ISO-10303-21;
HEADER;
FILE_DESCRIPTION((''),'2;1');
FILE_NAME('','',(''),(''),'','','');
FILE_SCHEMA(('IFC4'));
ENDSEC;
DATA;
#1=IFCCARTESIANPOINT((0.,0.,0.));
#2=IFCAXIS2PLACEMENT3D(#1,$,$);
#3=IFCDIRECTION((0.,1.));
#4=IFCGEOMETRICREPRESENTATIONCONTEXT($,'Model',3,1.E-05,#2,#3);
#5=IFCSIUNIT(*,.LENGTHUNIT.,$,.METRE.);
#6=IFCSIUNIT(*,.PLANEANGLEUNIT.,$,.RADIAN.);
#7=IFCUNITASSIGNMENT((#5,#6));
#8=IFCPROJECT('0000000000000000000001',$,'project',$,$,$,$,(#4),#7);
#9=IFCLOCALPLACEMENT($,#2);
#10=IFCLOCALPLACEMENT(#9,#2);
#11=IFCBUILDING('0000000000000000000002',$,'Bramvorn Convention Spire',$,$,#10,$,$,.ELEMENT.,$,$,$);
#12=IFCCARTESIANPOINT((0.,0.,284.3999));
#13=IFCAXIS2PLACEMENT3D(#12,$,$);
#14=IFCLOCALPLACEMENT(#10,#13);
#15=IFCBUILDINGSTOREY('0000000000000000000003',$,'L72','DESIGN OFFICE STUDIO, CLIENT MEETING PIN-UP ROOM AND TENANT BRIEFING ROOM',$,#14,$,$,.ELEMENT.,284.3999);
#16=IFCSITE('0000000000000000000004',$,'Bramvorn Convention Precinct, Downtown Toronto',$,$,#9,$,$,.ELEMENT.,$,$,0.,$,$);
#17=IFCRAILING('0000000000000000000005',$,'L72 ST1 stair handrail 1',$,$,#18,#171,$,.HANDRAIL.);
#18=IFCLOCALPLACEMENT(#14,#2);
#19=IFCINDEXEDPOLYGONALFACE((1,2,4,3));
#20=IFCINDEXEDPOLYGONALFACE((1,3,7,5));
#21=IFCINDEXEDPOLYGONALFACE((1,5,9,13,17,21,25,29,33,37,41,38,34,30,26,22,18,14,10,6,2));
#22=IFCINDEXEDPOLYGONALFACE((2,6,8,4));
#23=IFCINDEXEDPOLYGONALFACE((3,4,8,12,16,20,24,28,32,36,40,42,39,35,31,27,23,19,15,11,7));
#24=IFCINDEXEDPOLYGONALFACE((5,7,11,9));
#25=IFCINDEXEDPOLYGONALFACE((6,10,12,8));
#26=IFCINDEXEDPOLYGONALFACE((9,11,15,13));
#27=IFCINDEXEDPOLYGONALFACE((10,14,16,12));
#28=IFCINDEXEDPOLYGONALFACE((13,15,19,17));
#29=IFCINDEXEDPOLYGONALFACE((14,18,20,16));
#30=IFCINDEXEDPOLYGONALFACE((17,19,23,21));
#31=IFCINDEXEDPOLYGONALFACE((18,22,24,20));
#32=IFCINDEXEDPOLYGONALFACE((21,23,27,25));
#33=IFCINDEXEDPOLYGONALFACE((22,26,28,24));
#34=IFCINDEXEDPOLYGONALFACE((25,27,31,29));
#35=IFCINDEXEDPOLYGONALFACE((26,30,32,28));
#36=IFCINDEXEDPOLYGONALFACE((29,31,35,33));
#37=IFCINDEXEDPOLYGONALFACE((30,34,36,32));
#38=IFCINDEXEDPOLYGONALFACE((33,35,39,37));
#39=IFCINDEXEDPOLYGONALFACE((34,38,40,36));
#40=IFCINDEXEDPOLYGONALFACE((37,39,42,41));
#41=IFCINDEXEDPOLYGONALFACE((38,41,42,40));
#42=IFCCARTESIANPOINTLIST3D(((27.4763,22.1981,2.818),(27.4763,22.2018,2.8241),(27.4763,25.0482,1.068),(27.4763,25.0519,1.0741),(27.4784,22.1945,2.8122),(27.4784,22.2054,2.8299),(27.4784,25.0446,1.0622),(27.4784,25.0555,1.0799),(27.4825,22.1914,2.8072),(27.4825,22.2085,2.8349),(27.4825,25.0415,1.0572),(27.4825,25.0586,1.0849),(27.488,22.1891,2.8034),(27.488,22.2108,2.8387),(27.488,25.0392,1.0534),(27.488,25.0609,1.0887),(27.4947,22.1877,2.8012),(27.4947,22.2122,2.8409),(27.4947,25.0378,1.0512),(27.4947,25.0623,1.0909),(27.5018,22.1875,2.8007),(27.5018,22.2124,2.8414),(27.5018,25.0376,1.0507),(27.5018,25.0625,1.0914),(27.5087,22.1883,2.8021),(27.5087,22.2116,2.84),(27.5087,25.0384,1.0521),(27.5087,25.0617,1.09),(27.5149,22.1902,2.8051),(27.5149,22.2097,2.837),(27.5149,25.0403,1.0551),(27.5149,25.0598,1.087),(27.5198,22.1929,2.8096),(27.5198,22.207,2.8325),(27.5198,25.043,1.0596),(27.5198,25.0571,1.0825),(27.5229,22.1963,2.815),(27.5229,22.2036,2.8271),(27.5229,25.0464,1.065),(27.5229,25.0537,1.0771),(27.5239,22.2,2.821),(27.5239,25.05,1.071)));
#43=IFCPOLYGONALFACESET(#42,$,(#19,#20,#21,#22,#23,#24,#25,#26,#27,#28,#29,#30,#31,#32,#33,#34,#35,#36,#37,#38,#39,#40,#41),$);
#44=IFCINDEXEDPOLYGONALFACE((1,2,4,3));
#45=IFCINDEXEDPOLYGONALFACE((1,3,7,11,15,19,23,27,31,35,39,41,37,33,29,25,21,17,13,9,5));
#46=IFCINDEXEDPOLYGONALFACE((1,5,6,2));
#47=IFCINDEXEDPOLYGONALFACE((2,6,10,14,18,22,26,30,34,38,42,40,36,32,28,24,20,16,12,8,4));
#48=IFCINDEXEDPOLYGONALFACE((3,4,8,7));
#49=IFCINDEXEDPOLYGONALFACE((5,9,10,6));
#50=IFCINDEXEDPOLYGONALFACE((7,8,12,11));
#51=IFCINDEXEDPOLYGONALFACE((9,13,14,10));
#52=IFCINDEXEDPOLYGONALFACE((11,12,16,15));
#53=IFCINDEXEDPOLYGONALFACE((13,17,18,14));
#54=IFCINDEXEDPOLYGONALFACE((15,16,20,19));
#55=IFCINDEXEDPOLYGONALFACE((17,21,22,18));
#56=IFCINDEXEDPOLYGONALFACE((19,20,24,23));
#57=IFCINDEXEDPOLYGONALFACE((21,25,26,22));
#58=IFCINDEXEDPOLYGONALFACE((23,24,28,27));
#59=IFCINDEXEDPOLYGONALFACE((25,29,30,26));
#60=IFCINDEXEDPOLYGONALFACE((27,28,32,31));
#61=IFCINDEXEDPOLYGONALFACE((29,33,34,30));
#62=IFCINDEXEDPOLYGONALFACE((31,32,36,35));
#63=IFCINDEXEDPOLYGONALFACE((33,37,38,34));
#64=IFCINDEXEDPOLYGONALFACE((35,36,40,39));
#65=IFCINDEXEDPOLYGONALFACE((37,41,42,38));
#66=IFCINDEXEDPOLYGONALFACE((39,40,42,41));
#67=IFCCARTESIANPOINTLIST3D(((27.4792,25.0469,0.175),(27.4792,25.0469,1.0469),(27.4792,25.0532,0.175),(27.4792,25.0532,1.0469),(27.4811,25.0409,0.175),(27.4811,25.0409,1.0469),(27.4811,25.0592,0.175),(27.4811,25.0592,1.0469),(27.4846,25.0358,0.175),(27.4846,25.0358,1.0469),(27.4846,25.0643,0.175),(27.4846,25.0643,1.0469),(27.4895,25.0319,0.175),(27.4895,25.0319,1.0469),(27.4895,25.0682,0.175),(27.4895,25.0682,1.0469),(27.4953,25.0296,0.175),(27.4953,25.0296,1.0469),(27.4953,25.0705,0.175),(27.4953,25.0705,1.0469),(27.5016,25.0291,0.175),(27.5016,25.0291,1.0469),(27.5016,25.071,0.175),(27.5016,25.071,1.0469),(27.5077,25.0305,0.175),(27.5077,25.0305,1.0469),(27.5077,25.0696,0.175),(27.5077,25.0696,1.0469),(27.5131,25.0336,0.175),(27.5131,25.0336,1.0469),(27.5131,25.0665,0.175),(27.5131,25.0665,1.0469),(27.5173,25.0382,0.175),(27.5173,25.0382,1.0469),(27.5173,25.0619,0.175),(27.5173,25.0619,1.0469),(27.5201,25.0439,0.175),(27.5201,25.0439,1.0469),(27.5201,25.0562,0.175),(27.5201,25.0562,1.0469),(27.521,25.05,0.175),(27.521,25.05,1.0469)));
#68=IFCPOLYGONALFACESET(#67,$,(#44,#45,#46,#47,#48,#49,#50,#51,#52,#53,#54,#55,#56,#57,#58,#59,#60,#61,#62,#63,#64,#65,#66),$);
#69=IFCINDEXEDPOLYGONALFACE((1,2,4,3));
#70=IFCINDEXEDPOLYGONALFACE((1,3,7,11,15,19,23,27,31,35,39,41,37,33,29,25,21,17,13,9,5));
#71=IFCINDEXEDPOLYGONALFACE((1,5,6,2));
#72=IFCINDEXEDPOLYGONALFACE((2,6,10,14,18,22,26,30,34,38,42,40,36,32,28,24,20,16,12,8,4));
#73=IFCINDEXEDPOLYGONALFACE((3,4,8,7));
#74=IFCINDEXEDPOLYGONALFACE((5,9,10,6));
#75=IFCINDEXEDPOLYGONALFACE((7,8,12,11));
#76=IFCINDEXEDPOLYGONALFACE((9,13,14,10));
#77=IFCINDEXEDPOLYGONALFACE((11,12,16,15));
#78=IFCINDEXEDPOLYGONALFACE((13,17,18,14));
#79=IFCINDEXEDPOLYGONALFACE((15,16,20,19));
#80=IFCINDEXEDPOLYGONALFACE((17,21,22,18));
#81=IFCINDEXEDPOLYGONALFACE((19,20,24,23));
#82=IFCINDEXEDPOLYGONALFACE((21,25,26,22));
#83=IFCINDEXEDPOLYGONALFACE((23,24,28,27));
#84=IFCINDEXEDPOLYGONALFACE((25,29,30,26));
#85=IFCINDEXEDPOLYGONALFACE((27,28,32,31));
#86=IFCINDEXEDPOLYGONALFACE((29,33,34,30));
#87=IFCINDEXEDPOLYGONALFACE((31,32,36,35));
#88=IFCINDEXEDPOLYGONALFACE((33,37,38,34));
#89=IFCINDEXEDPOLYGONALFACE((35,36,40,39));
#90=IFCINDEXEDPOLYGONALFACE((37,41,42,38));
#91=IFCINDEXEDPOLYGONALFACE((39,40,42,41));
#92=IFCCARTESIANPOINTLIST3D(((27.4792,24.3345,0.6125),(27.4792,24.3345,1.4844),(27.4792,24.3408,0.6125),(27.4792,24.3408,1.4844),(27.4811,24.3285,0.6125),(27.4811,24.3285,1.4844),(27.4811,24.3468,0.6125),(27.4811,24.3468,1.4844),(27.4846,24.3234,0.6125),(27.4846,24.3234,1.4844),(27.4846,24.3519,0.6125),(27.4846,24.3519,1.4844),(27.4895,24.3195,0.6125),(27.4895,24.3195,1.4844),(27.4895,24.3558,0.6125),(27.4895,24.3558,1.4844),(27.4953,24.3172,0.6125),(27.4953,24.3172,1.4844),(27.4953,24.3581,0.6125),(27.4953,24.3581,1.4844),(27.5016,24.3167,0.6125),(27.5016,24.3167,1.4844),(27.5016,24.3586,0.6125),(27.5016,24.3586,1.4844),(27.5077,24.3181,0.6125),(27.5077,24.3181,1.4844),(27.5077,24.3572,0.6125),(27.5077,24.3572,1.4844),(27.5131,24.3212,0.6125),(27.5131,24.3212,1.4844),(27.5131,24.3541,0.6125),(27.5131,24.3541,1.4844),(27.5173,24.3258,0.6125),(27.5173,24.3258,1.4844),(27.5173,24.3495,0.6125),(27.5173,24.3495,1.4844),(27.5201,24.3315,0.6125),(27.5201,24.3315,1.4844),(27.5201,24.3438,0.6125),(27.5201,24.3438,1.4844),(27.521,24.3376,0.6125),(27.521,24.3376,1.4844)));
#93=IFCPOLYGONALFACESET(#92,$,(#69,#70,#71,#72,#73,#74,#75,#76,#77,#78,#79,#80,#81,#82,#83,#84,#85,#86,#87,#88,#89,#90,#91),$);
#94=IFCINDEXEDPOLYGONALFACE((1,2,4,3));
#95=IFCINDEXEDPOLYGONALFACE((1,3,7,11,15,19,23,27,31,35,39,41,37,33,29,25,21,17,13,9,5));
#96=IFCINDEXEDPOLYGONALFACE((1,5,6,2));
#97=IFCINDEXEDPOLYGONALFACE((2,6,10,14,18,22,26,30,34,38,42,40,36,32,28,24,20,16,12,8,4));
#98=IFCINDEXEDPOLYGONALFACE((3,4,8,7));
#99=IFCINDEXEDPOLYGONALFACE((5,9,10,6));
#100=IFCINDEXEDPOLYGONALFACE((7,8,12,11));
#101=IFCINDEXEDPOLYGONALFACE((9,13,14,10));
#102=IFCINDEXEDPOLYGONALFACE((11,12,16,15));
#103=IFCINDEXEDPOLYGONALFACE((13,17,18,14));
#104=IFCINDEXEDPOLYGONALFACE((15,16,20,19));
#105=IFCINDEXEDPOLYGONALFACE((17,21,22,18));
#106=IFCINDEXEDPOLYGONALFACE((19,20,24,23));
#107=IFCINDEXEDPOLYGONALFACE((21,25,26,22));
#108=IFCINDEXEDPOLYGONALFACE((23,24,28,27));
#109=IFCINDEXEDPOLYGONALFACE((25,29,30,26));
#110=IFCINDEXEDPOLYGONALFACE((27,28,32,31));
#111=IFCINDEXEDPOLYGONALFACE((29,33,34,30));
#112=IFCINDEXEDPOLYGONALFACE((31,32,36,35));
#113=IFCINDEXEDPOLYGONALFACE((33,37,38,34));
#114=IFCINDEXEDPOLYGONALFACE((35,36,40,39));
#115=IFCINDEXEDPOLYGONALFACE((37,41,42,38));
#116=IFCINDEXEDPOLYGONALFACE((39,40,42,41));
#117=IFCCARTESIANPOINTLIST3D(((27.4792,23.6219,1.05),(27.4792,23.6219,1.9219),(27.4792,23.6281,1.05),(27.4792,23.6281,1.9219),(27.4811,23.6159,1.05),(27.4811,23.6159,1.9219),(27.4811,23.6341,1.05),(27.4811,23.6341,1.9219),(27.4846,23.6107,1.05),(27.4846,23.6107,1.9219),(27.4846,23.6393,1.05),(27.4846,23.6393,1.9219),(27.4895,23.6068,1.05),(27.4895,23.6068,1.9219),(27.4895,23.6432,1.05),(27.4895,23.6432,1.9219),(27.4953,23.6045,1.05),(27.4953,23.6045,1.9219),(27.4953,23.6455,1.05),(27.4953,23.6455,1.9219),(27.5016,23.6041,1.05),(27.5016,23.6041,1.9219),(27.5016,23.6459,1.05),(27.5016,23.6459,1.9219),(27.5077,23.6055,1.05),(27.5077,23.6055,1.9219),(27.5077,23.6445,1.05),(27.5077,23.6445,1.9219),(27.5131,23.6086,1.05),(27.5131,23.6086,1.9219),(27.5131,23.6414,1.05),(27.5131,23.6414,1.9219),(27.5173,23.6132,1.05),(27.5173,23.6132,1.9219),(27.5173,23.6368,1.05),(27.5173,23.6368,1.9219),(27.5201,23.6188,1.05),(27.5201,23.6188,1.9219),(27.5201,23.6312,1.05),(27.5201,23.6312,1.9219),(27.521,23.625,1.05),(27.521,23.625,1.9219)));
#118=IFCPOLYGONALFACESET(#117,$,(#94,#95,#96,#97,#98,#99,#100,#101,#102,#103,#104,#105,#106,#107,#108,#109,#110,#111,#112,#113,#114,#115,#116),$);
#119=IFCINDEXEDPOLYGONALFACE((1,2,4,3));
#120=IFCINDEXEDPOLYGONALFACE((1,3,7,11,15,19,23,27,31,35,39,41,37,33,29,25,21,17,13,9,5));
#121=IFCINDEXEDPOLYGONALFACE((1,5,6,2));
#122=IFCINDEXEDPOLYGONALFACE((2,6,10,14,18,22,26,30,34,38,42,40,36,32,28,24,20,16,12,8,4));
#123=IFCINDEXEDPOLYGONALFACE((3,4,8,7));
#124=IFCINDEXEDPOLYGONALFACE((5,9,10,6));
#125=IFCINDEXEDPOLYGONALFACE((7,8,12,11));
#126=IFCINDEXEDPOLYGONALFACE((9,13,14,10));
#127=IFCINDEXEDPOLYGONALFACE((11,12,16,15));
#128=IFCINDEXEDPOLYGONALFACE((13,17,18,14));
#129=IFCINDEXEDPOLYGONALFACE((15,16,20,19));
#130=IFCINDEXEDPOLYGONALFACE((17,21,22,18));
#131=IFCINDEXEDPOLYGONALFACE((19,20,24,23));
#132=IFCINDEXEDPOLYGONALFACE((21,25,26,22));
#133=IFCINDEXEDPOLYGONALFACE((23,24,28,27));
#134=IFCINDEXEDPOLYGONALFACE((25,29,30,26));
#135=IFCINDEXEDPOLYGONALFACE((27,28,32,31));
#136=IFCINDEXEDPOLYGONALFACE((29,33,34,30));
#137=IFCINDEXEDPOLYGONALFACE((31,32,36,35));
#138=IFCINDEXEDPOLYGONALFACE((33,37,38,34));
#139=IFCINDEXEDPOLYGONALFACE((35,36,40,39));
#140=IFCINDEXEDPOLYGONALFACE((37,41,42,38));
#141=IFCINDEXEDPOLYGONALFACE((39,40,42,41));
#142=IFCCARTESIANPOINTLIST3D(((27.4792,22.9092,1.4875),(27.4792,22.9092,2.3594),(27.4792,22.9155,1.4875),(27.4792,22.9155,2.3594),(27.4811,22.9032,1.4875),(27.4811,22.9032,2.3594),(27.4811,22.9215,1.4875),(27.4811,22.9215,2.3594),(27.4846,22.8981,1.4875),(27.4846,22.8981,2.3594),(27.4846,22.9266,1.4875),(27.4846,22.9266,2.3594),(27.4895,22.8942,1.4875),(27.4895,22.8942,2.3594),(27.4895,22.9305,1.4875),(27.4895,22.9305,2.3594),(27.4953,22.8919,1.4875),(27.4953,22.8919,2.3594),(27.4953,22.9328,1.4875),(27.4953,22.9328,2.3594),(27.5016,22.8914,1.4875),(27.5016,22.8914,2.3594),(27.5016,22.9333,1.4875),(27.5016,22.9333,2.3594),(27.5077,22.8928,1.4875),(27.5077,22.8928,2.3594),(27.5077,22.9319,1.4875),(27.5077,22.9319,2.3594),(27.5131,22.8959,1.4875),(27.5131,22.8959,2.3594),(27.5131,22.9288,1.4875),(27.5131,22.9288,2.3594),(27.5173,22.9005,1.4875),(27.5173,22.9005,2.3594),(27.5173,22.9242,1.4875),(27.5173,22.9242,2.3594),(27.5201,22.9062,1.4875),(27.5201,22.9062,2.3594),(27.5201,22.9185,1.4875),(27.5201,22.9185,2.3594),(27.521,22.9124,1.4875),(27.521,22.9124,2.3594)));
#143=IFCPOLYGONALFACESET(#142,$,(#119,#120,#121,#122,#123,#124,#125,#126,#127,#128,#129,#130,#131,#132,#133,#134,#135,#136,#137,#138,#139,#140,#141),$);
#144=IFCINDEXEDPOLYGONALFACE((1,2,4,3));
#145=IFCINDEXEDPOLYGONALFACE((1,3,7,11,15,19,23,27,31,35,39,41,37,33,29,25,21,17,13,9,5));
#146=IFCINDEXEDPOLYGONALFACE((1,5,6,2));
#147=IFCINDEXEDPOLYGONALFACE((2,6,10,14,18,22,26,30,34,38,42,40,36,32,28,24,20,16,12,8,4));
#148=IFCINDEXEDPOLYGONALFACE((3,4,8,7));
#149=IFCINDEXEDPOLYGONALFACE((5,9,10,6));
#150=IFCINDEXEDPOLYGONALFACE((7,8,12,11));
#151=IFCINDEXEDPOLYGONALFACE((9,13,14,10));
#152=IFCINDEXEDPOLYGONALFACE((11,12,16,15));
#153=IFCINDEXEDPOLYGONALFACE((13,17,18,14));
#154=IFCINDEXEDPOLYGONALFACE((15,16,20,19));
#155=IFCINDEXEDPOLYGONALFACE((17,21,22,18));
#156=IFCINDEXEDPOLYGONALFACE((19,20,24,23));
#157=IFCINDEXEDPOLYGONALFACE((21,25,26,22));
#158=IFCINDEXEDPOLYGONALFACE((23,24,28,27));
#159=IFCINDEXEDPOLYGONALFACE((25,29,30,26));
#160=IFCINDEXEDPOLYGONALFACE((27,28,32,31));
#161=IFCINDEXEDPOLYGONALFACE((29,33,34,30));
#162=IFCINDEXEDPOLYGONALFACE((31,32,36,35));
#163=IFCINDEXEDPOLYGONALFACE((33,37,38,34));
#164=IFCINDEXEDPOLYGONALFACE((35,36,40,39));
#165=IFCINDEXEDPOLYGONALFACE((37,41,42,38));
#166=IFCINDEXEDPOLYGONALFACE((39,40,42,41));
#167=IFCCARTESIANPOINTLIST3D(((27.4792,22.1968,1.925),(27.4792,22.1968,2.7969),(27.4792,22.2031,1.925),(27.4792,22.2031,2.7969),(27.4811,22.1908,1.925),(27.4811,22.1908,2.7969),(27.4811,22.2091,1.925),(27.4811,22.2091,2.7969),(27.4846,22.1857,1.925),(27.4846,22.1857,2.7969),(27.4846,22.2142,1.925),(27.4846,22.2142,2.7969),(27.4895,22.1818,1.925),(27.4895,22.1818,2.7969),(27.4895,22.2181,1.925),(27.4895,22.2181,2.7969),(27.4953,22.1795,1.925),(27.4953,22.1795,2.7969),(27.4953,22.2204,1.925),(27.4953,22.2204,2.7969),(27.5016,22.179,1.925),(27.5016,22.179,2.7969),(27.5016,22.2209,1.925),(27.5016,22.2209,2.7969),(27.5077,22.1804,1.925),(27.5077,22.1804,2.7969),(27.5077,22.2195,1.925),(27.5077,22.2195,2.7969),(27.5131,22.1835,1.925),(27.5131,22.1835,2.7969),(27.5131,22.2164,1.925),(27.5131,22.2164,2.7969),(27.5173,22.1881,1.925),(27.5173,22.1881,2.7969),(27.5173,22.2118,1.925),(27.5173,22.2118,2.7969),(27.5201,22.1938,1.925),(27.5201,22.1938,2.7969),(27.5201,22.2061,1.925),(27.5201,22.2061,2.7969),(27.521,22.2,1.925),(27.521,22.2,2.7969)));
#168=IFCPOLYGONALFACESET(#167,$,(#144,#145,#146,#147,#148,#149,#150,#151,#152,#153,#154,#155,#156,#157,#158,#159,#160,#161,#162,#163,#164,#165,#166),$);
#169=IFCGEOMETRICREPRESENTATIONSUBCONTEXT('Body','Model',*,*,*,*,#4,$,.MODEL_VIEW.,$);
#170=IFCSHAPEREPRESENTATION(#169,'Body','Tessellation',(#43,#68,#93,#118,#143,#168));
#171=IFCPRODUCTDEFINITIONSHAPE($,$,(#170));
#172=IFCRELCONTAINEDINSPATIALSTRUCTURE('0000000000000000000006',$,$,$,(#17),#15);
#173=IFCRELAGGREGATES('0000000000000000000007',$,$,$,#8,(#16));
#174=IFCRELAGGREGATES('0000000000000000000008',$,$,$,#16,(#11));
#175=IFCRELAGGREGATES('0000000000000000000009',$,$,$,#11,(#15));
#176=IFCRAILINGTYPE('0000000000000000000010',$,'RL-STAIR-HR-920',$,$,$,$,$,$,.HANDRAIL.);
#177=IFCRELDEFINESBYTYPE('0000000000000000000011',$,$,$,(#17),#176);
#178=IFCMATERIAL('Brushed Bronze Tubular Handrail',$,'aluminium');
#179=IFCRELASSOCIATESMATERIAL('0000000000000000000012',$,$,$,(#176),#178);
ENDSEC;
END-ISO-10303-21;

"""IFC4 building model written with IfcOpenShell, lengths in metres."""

from ifc_helpers import new_model, si_unit, direction, frame, origin, origin_2d, place, context, subcontext, project, spatial, circle, extrude, material, type_object, element, save


model = new_model("IFC4")

# Units and contexts
model_context = context("Model", 3, precision=1e-05, world=origin(), true_north=direction((0.0, 1.0)))
body_context = subcontext(model_context, "Body", "Model", "MODEL_VIEW")
ifc_project = project(units=[si_unit("LENGTHUNIT", "METRE"), si_unit("PLANEANGLEUNIT", "RADIAN")], contexts=[model_context])

# Site, building, storey
site_placement = place(None, origin())
site = spatial("IfcSite", under=ifc_project, at=site_placement, Name="Bramvorn Convention Precinct, Downtown Toronto", CompositionType="ELEMENT", RefElevation=0.0)
building_placement = place(site_placement, origin())
building = spatial("IfcBuilding", under=site, at=building_placement, Name="Bramvorn Convention Spire", CompositionType="ELEMENT")
storey_placement = place(building_placement, frame((0.0, 0.0, 284.3999)))
storey = spatial("IfcBuildingStorey", under=building, at=storey_placement, Name="L72", Description="DESIGN OFFICE STUDIO, CLIENT MEETING PIN-UP ROOM AND TENANT BRIEFING ROOM", CompositionType="ELEMENT", Elevation=284.3999)

# Railing
ifc_material_1 = material(Name="Brushed Bronze Tubular Handrail", Category="aluminium")
railing_type_1 = type_object("IfcRailingType", Name="RL-STAIR-HR-920", PredefinedType="HANDRAIL", material=ifc_material_1)
railing_1_placement = place(storey_placement, frame((27.5, 25.05, 0.175)))
element("IfcRailing", 1, at=railing_1_placement, inside=storey, type_object=railing_type_1, Name="L72 ST1 stair handrail 1", PredefinedType="HANDRAIL", context=body_context, shape_type="SweptSolid", body=[
    extrude(circle(Radius=0.0239, at=origin_2d()), frame((0.0, 0.0, 0.896), z_axis=(0.0, -0.852179, 0.52325), x_axis=(1.0, 0.0, 0.0)), (0.0, 0.0, 1.0), 3.3445),
    extrude(circle(Radius=0.021, at=origin_2d()), origin(), (0.0, 0.0, 1.0), 0.8718),
    extrude(circle(Radius=0.021, at=origin_2d()), frame((0.0, -0.7124, 0.4375)), (0.0, 0.0, 1.0), 0.8718),
    extrude(circle(Radius=0.021, at=origin_2d()), frame((0.0, -1.425, 0.875)), (0.0, 0.0, 1.0), 0.8718),
    extrude(circle(Radius=0.021, at=origin_2d()), frame((0.0, -2.1377, 1.3125)), (0.0, 0.0, 1.0), 0.8718),
    extrude(circle(Radius=0.021, at=origin_2d()), frame((0.0, -2.8501, 1.75)), (0.0, 0.0, 1.0), 0.8718),
])

save(model, "model.ifc")
